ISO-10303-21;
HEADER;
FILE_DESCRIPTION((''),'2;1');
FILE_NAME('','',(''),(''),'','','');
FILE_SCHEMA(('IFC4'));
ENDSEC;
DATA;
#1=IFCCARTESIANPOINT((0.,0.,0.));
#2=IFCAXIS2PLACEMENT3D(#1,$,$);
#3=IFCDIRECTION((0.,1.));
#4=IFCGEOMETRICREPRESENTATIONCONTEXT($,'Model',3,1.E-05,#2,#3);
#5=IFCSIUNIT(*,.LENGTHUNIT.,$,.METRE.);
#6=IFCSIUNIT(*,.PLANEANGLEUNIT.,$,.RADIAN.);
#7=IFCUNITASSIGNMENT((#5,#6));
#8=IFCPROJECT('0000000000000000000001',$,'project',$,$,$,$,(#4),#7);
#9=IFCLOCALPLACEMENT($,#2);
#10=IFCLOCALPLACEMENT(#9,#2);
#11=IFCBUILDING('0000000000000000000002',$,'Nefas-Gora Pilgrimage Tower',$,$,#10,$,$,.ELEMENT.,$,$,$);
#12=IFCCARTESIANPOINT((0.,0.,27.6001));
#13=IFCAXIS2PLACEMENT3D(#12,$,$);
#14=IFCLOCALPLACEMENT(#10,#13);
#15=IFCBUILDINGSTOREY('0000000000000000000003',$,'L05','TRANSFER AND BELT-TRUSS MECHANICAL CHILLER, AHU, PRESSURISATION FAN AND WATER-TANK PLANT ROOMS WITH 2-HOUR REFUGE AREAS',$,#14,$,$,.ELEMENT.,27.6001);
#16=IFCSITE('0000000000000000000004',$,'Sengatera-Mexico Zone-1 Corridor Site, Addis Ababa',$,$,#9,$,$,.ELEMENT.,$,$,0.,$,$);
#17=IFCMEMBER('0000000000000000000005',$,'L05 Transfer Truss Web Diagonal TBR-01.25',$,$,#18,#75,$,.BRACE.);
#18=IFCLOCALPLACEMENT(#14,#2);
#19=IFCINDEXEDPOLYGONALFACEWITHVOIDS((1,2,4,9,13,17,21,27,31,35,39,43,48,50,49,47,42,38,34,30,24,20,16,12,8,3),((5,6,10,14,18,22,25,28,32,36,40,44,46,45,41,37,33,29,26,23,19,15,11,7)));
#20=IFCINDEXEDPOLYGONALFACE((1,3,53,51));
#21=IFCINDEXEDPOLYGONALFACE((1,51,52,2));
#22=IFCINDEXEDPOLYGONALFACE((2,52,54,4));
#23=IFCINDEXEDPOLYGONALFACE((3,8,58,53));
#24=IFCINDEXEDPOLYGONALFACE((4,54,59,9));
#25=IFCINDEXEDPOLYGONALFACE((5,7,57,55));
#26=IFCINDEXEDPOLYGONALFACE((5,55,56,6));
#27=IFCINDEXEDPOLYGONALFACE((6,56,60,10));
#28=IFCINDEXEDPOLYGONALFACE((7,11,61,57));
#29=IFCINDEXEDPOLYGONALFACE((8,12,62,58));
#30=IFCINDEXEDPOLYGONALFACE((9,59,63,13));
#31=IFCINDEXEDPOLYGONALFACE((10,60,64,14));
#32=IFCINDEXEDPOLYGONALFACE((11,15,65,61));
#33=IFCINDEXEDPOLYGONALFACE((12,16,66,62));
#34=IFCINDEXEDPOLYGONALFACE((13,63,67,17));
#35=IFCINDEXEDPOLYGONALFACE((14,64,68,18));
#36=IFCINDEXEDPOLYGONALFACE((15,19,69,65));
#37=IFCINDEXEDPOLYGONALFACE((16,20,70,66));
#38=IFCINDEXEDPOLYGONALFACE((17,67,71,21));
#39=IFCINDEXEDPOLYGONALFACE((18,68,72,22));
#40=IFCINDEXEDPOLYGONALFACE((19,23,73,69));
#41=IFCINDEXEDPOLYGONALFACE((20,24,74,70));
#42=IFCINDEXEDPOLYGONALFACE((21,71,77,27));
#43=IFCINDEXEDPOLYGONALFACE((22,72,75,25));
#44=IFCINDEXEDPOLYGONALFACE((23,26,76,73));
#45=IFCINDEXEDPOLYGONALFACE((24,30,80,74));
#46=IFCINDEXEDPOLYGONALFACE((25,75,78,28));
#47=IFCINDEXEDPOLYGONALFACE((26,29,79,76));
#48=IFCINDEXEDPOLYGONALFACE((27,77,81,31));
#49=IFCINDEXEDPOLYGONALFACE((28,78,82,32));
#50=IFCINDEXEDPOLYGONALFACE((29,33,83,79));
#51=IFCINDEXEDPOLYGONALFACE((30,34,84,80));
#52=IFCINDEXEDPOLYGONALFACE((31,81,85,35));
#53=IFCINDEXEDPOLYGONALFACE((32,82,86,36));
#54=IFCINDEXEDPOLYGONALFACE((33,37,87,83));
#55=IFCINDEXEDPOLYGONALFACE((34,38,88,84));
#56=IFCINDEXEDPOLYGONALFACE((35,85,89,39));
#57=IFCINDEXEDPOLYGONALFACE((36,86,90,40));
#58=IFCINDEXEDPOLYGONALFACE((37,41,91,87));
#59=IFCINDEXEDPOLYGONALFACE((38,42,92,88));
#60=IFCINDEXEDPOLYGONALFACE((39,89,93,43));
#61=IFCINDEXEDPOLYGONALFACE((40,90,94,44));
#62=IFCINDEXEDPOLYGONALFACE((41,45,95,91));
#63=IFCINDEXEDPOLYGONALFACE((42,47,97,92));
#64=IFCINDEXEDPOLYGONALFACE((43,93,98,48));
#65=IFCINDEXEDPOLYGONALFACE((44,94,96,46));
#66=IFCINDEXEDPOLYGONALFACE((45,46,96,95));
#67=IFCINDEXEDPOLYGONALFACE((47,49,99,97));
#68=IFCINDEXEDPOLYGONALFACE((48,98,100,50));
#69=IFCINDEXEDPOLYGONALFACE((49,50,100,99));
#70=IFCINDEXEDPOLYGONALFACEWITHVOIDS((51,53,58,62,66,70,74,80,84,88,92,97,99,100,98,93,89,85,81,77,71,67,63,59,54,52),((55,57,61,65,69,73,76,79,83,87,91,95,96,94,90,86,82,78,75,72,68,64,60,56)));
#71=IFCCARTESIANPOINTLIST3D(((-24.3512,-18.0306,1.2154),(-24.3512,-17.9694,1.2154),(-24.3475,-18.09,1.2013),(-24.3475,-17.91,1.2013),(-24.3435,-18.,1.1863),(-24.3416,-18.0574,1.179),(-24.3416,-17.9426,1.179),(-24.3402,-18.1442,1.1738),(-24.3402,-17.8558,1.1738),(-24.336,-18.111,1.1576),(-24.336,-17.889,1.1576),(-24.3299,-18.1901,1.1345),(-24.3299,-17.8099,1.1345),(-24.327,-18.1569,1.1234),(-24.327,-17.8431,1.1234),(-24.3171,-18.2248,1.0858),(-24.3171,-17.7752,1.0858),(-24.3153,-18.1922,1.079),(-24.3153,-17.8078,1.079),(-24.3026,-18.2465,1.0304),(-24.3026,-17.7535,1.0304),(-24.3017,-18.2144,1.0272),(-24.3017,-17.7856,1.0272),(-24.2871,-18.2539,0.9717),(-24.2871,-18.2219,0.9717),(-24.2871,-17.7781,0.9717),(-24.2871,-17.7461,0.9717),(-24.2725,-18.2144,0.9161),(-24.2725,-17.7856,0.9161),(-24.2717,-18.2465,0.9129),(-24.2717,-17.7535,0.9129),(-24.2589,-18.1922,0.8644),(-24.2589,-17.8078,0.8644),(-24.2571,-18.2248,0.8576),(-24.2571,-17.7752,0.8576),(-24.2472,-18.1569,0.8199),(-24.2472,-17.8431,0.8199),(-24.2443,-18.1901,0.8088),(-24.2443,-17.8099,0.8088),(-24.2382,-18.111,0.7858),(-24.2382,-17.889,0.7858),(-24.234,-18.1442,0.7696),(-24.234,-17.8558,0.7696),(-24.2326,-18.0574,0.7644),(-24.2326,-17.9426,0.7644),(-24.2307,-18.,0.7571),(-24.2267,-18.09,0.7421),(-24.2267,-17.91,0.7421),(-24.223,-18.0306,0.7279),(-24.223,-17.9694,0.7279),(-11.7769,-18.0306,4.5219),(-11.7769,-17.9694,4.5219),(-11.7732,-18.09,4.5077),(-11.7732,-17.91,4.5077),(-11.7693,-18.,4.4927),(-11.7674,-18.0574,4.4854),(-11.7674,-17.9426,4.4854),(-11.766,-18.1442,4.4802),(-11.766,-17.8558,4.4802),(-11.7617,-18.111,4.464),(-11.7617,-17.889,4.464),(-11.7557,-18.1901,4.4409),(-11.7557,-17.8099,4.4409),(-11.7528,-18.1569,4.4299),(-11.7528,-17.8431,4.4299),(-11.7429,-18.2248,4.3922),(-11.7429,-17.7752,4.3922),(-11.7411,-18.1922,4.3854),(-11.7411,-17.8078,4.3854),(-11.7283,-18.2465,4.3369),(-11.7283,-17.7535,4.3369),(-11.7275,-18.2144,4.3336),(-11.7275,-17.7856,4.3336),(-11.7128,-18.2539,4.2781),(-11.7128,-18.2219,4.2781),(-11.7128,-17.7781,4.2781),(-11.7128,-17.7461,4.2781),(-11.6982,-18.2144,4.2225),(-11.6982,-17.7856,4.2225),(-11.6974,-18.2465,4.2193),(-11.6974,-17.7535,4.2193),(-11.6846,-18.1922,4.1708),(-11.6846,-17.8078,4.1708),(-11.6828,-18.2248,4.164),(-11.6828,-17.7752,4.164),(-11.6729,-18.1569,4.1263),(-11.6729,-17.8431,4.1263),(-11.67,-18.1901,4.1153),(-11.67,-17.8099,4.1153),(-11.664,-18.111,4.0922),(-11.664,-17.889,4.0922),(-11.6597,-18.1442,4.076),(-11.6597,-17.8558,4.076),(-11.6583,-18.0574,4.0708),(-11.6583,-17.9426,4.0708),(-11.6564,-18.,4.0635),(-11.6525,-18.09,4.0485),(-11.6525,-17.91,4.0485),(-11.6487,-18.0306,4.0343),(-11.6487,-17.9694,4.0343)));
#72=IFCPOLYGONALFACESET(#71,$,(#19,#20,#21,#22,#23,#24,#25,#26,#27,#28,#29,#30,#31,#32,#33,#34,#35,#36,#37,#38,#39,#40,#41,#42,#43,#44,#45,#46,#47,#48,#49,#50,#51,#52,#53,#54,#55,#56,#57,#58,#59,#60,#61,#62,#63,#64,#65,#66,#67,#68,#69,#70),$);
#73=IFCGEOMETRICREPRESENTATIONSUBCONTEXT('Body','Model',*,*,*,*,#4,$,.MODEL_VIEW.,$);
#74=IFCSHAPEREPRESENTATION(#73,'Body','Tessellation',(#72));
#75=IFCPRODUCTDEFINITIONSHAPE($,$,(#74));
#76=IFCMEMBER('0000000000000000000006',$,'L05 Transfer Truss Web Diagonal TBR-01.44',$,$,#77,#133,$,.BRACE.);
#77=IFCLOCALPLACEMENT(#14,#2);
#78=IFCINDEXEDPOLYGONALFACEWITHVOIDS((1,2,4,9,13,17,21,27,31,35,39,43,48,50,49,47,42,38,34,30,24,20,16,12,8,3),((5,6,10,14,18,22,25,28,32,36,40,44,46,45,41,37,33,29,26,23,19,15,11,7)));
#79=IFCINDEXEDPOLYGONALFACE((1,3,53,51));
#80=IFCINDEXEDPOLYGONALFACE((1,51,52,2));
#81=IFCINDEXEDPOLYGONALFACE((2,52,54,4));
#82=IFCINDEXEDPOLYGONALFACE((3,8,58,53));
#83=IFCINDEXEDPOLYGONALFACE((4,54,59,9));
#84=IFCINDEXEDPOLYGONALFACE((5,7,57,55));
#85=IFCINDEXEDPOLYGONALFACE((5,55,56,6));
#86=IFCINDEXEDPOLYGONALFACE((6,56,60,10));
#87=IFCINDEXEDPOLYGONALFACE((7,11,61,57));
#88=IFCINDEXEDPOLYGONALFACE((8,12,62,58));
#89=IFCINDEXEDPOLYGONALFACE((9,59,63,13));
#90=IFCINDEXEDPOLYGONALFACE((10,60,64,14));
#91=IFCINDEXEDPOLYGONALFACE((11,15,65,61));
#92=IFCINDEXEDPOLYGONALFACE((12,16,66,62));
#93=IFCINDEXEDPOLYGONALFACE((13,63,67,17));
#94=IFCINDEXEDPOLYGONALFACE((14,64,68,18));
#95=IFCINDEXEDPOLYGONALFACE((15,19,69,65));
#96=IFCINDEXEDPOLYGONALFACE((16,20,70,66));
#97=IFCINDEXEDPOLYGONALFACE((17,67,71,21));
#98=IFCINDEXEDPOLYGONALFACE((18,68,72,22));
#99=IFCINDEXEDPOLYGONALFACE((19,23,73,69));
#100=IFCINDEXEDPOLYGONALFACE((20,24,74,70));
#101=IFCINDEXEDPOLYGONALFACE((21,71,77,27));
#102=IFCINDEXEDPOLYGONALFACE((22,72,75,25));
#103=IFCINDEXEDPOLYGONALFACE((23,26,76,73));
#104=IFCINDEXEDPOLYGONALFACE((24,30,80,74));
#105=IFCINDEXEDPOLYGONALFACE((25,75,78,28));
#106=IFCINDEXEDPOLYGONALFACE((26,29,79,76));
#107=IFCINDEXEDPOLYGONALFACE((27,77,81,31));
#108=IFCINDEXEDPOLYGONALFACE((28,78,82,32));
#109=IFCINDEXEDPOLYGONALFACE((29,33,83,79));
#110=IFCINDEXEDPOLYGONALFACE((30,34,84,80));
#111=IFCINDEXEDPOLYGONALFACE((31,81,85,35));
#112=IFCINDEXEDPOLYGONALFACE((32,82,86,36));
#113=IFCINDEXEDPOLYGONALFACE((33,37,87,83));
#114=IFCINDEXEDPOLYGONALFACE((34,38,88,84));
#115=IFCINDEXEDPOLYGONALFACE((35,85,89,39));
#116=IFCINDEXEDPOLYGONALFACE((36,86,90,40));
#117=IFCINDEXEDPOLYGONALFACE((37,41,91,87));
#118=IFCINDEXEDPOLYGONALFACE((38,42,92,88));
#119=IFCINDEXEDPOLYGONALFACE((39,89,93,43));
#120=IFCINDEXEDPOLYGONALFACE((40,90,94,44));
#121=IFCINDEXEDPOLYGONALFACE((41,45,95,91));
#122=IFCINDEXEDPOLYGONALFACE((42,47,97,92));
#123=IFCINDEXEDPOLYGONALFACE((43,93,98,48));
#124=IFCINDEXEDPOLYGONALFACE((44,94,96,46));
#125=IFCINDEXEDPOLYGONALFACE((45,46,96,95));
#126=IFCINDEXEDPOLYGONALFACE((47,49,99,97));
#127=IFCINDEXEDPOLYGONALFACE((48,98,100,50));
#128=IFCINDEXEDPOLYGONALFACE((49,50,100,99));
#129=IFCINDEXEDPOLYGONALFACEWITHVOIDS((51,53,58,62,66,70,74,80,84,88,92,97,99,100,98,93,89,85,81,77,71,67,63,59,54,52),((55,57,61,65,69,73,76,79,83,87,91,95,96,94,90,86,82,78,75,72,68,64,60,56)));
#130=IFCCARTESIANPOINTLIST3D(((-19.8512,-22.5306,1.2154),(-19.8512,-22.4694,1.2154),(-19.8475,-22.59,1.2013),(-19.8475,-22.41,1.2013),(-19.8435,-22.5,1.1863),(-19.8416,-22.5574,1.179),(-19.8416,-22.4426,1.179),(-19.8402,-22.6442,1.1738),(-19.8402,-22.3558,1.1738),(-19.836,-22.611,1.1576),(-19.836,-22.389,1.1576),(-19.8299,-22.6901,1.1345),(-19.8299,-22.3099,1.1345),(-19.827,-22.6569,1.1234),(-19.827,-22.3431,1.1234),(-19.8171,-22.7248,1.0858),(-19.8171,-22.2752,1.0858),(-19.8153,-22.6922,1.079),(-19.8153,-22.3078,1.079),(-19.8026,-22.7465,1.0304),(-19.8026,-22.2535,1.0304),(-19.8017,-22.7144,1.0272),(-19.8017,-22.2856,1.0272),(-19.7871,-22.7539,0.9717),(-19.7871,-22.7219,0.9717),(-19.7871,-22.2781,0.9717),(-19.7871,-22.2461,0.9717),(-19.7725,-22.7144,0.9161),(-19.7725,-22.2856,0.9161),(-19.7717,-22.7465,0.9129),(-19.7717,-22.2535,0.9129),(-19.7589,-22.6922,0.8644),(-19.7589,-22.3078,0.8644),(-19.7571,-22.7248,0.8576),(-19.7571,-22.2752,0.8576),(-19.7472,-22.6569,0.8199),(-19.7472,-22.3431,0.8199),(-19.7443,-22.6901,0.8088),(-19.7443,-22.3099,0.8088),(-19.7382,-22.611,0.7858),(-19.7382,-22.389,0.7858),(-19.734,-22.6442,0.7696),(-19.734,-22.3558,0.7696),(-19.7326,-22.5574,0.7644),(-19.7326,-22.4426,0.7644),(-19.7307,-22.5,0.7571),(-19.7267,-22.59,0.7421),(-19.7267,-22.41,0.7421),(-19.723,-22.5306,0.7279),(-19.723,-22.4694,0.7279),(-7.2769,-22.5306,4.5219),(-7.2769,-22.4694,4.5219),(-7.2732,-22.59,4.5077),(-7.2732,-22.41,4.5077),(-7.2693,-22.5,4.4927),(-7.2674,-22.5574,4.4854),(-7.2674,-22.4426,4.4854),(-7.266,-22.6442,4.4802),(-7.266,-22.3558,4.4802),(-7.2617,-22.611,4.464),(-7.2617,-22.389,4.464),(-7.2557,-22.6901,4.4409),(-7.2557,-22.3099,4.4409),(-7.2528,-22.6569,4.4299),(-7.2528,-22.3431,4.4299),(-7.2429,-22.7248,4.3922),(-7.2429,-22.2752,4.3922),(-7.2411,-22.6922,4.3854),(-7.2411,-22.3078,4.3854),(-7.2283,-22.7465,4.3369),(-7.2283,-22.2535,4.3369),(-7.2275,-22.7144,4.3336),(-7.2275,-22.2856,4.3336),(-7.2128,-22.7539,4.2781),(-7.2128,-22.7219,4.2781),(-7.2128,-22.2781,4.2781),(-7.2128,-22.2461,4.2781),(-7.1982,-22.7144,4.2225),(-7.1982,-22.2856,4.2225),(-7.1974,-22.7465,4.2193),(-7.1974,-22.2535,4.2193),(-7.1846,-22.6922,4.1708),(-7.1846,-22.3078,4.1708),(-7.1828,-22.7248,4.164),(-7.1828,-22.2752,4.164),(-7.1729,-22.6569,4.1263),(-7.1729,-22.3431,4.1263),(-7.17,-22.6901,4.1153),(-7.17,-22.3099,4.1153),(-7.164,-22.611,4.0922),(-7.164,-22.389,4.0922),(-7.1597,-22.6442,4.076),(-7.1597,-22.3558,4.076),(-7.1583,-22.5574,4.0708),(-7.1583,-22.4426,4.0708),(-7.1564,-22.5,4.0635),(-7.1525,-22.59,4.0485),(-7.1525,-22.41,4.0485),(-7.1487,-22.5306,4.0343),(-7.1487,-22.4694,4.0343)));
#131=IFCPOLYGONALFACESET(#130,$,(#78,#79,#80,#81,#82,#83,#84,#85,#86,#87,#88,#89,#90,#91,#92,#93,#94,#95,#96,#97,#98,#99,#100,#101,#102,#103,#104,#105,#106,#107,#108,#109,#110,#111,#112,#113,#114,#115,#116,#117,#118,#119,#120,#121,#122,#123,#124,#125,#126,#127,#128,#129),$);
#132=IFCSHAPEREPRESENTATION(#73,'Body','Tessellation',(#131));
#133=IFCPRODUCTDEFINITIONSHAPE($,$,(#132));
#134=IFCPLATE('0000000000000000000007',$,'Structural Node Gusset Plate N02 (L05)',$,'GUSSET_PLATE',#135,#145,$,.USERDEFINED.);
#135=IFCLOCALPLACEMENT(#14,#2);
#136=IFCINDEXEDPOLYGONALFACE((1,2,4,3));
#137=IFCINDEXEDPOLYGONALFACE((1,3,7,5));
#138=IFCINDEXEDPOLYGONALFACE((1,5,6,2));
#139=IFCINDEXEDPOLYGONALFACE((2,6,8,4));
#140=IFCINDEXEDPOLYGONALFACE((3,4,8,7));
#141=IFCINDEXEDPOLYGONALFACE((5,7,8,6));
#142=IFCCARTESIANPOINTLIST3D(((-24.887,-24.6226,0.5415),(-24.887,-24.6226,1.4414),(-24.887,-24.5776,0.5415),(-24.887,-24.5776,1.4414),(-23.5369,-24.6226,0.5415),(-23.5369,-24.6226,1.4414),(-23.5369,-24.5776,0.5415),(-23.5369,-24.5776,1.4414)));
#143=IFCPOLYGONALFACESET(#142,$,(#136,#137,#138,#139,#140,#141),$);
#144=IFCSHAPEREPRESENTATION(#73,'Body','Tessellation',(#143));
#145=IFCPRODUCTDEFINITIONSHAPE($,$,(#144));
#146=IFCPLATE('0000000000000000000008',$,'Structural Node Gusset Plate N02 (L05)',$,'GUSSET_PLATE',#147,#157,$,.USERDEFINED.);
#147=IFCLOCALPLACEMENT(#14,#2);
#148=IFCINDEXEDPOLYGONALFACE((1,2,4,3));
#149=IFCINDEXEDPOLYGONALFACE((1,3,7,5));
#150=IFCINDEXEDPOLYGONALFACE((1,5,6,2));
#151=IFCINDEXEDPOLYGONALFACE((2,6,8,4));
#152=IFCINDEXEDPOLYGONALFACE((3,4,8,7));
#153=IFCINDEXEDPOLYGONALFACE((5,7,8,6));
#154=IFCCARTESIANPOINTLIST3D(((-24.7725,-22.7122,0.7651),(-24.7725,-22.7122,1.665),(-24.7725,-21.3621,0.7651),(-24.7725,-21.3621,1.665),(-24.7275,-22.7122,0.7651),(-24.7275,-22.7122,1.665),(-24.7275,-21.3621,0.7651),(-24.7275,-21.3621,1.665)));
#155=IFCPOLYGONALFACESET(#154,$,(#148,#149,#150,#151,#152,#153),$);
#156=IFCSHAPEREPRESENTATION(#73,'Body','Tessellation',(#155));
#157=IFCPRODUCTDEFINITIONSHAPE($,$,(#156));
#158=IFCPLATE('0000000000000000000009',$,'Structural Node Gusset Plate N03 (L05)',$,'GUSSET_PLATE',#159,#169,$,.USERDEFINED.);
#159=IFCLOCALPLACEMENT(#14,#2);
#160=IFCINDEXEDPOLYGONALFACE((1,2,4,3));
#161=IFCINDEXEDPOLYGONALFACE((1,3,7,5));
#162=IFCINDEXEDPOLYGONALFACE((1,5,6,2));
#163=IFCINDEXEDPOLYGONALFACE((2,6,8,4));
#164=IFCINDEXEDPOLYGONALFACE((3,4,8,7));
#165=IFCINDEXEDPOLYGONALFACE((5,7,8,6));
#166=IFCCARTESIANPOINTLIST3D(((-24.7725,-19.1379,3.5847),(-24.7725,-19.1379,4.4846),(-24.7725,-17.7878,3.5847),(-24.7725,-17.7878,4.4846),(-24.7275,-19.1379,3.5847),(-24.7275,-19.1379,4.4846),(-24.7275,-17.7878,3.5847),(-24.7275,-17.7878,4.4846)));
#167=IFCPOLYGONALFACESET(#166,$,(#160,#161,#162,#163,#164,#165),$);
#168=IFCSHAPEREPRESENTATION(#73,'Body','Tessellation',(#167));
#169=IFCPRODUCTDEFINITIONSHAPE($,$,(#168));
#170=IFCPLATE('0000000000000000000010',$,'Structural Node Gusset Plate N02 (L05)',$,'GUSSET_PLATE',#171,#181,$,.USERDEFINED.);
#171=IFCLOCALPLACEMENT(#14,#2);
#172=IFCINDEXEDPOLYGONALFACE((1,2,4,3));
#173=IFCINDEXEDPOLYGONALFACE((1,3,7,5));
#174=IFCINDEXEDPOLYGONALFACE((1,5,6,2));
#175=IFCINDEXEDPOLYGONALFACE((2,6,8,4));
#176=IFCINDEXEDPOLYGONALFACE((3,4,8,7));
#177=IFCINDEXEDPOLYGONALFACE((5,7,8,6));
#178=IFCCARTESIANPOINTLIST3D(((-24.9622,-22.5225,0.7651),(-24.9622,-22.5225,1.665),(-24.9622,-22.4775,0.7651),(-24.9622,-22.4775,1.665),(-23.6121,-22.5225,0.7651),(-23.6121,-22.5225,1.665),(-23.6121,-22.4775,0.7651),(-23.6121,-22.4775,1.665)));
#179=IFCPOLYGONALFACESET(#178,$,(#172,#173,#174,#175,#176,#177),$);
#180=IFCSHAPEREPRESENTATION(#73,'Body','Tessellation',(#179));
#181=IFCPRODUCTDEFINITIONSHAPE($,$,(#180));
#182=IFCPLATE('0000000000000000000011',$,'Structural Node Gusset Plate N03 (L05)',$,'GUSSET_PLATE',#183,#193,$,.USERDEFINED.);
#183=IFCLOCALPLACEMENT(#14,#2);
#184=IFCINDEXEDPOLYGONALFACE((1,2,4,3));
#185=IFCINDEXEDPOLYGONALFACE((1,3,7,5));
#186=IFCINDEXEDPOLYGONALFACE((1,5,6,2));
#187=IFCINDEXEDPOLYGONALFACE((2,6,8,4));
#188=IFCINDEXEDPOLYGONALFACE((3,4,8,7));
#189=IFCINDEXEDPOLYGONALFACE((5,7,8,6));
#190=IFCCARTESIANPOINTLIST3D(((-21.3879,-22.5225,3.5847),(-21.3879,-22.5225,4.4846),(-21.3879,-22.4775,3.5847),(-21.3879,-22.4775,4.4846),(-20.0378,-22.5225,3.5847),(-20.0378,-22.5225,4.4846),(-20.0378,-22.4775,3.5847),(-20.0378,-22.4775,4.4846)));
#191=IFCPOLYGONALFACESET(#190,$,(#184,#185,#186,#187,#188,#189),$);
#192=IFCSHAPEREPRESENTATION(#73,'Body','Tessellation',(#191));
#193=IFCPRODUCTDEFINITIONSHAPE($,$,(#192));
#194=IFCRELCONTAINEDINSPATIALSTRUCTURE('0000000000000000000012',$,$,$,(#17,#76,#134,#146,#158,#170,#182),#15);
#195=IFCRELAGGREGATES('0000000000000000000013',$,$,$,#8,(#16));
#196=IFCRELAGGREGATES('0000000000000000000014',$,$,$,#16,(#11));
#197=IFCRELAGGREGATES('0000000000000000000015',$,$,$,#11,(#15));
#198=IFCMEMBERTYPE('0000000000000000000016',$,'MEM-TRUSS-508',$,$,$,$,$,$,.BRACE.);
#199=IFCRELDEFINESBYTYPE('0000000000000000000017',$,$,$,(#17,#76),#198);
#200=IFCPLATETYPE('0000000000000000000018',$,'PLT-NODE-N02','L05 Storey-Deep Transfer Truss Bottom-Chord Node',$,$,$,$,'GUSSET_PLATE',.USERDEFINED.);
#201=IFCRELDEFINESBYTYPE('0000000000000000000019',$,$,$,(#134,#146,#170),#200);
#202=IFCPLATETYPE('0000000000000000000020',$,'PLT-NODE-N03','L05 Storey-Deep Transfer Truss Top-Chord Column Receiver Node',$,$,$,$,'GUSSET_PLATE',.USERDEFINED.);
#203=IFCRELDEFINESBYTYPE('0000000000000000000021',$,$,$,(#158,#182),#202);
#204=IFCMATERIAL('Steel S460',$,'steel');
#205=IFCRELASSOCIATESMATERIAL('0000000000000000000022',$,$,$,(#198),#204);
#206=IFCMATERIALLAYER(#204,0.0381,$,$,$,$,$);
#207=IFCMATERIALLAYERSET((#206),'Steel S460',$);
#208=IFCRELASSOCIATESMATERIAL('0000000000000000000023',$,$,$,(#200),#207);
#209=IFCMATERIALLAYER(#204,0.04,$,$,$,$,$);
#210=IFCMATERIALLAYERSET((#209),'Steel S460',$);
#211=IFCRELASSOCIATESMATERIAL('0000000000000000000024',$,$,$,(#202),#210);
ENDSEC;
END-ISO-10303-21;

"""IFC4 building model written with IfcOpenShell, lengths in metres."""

from ifc_helpers import new_model, si_unit, direction, frame, origin, origin_2d, place, context, subcontext, project, spatial, rectangle, hollow_circle, extrude, source, transform, mapped, material, layer, layer_set, material_profile, profile_set, type_object, element, save


model = new_model("IFC4")

# Units and contexts
model_context = context("Model", 3, precision=1e-05, world=origin(), true_north=direction((0.0, 1.0)))
body_context = subcontext(model_context, "Body", "Model", "MODEL_VIEW")
ifc_project = project(units=[si_unit("LENGTHUNIT", "METRE"), si_unit("PLANEANGLEUNIT", "RADIAN")], contexts=[model_context])

# Site, building, storey
site_placement = place(None, origin())
site = spatial("IfcSite", under=ifc_project, at=site_placement, Name="Sengatera-Mexico Zone-1 Corridor Site, Addis Ababa", CompositionType="ELEMENT", RefElevation=0.0)
building_placement = place(site_placement, origin())
building = spatial("IfcBuilding", under=site, at=building_placement, Name="Nefas-Gora Pilgrimage Tower", CompositionType="ELEMENT")
storey_placement = place(building_placement, frame((0.0, 0.0, 27.6001)))
storey = spatial("IfcBuildingStorey", under=building, at=storey_placement, Name="L05", Description="TRANSFER AND BELT-TRUSS MECHANICAL CHILLER, AHU, PRESSURISATION FAN AND WATER-TANK PLANT ROOMS WITH 2-HOUR REFUGE AREAS", CompositionType="ELEMENT", Elevation=27.6001)

# Shared definitions
ifc_material = material(Name="Steel S460", Category="steel")

# Shared definitions
ifc_material_profile_1 = material_profile(ifc_material, hollow_circle(Radius=0.2539, WallThickness=0.032, at=origin_2d()), Name="CHS 508x32")
ifc_profile_set_1 = profile_set([ifc_material_profile_1], Name="Steel S460")
member_type = type_object("IfcMemberType", Name="MEM-TRUSS-508", PredefinedType="BRACE", material=ifc_profile_set_1)

# Members
shared_shape_1 = source(origin(), body_context, "Body", "SweptSolid", [
    extrude(hollow_circle(Radius=0.2539, WallThickness=0.032, at=origin_2d()), origin(), (0.0, 0.0, 1.0), 13.0017),
])
for number, where, z_axis, x_axis, name in (
    (1, (-24.2871, -18.0, 0.9717), (0.967124, 0.0, 0.254306), (0.0, 1.0, 0.0), "L05 Transfer Truss Web Diagonal TBR-01.25"),
    (2, (-19.7871, -22.5, 0.9717), (0.967124, 0.0, 0.254306), (0.0, 1.0, 0.0), "L05 Transfer Truss Web Diagonal TBR-01.44"),
):
    element("IfcMember", number, at=place(storey_placement, frame(where, z_axis=z_axis, x_axis=x_axis)), inside=storey, type_object=member_type, Name=name, PredefinedType="BRACE", context=body_context, shape_type="MappedRepresentation", body=[
        mapped(shared_shape_1, transform((0.0, 0.0, 0.0), x_axis=(1.0, 0.0, 0.0), y_axis=(0.0, 1.0, 0.0), z_axis=(0.0, 0.0, 1.0), scale=1.0)),
    ])

# Plates
ifc_layer_1 = layer(ifc_material, 0.0381)
ifc_layer_set_1 = layer_set([ifc_layer_1], Name="Steel S460")
plate_type_1 = type_object("IfcPlateType", Name="PLT-NODE-N02", Description="L05 Storey-Deep Transfer Truss Bottom-Chord Node", ElementType="GUSSET_PLATE", PredefinedType="USERDEFINED", material=ifc_layer_set_1)
shared_shape_2 = source(origin(), body_context, "Body", "SweptSolid", [
    extrude(rectangle(XDim=1.3501, YDim=0.0449, at=origin_2d()), origin(), (0.0, 0.0, 1.0), 0.8999),
])
for number, where, z_axis, x_axis, name in (
    (3, (-24.2119, -24.6001, 0.5415), (0.0, 0.0, 1.0), (1.0, 0.0, 0.0), "Structural Node Gusset Plate N02 (L05)"),
    (4, (-24.75, -22.0371, 0.7651), (0.0, 0.0, 1.0), (0.0, 1.0, 0.0), "Structural Node Gusset Plate N02 (L05)"),
):
    element("IfcPlate", number, at=place(storey_placement, frame(where, z_axis=z_axis, x_axis=x_axis)), inside=storey, type_object=plate_type_1, Name=name, ObjectType="GUSSET_PLATE", PredefinedType="USERDEFINED", context=body_context, shape_type="MappedRepresentation", body=[
        mapped(shared_shape_2, transform((0.0, 0.0, 0.0), x_axis=(1.0, 0.0, 0.0), y_axis=(0.0, 1.0, 0.0), z_axis=(0.0, 0.0, 1.0), scale=1.0)),
    ])
ifc_layer_2 = layer(ifc_material, 0.04)
ifc_layer_set_2 = layer_set([ifc_layer_2], Name="Steel S460")
plate_type_2 = type_object("IfcPlateType", Name="PLT-NODE-N03", Description="L05 Storey-Deep Transfer Truss Top-Chord Column Receiver Node", ElementType="GUSSET_PLATE", PredefinedType="USERDEFINED", material=ifc_layer_set_2)
plate_1_placement = place(storey_placement, frame((-24.75, -18.4629, 3.5847), z_axis=(0.0, 0.0, 1.0), x_axis=(0.0, 1.0, 0.0)))
element("IfcPlate", 5, at=plate_1_placement, inside=storey, type_object=plate_type_2, Name="Structural Node Gusset Plate N03 (L05)", ObjectType="GUSSET_PLATE", PredefinedType="USERDEFINED", context=body_context, shape_type="MappedRepresentation", body=[
    mapped(shared_shape_2, transform((0.0, 0.0, 0.0), x_axis=(1.0, 0.0, 0.0), y_axis=(0.0, 1.0, 0.0), z_axis=(0.0, 0.0, 1.0), scale=1.0)),
])
plate_2_placement = place(storey_placement, frame((-24.2871, -22.5, 0.7651), z_axis=(0.0, 0.0, 1.0), x_axis=(1.0, 0.0, 0.0)))
element("IfcPlate", 6, at=plate_2_placement, inside=storey, type_object=plate_type_1, Name="Structural Node Gusset Plate N02 (L05)", ObjectType="GUSSET_PLATE", PredefinedType="USERDEFINED", context=body_context, shape_type="MappedRepresentation", body=[
    mapped(shared_shape_2, transform((0.0, 0.0, 0.0), x_axis=(1.0, 0.0, 0.0), y_axis=(0.0, 1.0, 0.0), z_axis=(0.0, 0.0, 1.0), scale=1.0)),
])
plate_3_placement = place(storey_placement, frame((-20.7129, -22.5, 3.5847), z_axis=(0.0, 0.0, 1.0), x_axis=(1.0, 0.0, 0.0)))
element("IfcPlate", 7, at=plate_3_placement, inside=storey, type_object=plate_type_2, Name="Structural Node Gusset Plate N03 (L05)", ObjectType="GUSSET_PLATE", PredefinedType="USERDEFINED", context=body_context, shape_type="MappedRepresentation", body=[
    mapped(shared_shape_2, transform((0.0, 0.0, 0.0), x_axis=(1.0, 0.0, 0.0), y_axis=(0.0, 1.0, 0.0), z_axis=(0.0, 0.0, 1.0), scale=1.0)),
])

save(model, "model.ifc")
